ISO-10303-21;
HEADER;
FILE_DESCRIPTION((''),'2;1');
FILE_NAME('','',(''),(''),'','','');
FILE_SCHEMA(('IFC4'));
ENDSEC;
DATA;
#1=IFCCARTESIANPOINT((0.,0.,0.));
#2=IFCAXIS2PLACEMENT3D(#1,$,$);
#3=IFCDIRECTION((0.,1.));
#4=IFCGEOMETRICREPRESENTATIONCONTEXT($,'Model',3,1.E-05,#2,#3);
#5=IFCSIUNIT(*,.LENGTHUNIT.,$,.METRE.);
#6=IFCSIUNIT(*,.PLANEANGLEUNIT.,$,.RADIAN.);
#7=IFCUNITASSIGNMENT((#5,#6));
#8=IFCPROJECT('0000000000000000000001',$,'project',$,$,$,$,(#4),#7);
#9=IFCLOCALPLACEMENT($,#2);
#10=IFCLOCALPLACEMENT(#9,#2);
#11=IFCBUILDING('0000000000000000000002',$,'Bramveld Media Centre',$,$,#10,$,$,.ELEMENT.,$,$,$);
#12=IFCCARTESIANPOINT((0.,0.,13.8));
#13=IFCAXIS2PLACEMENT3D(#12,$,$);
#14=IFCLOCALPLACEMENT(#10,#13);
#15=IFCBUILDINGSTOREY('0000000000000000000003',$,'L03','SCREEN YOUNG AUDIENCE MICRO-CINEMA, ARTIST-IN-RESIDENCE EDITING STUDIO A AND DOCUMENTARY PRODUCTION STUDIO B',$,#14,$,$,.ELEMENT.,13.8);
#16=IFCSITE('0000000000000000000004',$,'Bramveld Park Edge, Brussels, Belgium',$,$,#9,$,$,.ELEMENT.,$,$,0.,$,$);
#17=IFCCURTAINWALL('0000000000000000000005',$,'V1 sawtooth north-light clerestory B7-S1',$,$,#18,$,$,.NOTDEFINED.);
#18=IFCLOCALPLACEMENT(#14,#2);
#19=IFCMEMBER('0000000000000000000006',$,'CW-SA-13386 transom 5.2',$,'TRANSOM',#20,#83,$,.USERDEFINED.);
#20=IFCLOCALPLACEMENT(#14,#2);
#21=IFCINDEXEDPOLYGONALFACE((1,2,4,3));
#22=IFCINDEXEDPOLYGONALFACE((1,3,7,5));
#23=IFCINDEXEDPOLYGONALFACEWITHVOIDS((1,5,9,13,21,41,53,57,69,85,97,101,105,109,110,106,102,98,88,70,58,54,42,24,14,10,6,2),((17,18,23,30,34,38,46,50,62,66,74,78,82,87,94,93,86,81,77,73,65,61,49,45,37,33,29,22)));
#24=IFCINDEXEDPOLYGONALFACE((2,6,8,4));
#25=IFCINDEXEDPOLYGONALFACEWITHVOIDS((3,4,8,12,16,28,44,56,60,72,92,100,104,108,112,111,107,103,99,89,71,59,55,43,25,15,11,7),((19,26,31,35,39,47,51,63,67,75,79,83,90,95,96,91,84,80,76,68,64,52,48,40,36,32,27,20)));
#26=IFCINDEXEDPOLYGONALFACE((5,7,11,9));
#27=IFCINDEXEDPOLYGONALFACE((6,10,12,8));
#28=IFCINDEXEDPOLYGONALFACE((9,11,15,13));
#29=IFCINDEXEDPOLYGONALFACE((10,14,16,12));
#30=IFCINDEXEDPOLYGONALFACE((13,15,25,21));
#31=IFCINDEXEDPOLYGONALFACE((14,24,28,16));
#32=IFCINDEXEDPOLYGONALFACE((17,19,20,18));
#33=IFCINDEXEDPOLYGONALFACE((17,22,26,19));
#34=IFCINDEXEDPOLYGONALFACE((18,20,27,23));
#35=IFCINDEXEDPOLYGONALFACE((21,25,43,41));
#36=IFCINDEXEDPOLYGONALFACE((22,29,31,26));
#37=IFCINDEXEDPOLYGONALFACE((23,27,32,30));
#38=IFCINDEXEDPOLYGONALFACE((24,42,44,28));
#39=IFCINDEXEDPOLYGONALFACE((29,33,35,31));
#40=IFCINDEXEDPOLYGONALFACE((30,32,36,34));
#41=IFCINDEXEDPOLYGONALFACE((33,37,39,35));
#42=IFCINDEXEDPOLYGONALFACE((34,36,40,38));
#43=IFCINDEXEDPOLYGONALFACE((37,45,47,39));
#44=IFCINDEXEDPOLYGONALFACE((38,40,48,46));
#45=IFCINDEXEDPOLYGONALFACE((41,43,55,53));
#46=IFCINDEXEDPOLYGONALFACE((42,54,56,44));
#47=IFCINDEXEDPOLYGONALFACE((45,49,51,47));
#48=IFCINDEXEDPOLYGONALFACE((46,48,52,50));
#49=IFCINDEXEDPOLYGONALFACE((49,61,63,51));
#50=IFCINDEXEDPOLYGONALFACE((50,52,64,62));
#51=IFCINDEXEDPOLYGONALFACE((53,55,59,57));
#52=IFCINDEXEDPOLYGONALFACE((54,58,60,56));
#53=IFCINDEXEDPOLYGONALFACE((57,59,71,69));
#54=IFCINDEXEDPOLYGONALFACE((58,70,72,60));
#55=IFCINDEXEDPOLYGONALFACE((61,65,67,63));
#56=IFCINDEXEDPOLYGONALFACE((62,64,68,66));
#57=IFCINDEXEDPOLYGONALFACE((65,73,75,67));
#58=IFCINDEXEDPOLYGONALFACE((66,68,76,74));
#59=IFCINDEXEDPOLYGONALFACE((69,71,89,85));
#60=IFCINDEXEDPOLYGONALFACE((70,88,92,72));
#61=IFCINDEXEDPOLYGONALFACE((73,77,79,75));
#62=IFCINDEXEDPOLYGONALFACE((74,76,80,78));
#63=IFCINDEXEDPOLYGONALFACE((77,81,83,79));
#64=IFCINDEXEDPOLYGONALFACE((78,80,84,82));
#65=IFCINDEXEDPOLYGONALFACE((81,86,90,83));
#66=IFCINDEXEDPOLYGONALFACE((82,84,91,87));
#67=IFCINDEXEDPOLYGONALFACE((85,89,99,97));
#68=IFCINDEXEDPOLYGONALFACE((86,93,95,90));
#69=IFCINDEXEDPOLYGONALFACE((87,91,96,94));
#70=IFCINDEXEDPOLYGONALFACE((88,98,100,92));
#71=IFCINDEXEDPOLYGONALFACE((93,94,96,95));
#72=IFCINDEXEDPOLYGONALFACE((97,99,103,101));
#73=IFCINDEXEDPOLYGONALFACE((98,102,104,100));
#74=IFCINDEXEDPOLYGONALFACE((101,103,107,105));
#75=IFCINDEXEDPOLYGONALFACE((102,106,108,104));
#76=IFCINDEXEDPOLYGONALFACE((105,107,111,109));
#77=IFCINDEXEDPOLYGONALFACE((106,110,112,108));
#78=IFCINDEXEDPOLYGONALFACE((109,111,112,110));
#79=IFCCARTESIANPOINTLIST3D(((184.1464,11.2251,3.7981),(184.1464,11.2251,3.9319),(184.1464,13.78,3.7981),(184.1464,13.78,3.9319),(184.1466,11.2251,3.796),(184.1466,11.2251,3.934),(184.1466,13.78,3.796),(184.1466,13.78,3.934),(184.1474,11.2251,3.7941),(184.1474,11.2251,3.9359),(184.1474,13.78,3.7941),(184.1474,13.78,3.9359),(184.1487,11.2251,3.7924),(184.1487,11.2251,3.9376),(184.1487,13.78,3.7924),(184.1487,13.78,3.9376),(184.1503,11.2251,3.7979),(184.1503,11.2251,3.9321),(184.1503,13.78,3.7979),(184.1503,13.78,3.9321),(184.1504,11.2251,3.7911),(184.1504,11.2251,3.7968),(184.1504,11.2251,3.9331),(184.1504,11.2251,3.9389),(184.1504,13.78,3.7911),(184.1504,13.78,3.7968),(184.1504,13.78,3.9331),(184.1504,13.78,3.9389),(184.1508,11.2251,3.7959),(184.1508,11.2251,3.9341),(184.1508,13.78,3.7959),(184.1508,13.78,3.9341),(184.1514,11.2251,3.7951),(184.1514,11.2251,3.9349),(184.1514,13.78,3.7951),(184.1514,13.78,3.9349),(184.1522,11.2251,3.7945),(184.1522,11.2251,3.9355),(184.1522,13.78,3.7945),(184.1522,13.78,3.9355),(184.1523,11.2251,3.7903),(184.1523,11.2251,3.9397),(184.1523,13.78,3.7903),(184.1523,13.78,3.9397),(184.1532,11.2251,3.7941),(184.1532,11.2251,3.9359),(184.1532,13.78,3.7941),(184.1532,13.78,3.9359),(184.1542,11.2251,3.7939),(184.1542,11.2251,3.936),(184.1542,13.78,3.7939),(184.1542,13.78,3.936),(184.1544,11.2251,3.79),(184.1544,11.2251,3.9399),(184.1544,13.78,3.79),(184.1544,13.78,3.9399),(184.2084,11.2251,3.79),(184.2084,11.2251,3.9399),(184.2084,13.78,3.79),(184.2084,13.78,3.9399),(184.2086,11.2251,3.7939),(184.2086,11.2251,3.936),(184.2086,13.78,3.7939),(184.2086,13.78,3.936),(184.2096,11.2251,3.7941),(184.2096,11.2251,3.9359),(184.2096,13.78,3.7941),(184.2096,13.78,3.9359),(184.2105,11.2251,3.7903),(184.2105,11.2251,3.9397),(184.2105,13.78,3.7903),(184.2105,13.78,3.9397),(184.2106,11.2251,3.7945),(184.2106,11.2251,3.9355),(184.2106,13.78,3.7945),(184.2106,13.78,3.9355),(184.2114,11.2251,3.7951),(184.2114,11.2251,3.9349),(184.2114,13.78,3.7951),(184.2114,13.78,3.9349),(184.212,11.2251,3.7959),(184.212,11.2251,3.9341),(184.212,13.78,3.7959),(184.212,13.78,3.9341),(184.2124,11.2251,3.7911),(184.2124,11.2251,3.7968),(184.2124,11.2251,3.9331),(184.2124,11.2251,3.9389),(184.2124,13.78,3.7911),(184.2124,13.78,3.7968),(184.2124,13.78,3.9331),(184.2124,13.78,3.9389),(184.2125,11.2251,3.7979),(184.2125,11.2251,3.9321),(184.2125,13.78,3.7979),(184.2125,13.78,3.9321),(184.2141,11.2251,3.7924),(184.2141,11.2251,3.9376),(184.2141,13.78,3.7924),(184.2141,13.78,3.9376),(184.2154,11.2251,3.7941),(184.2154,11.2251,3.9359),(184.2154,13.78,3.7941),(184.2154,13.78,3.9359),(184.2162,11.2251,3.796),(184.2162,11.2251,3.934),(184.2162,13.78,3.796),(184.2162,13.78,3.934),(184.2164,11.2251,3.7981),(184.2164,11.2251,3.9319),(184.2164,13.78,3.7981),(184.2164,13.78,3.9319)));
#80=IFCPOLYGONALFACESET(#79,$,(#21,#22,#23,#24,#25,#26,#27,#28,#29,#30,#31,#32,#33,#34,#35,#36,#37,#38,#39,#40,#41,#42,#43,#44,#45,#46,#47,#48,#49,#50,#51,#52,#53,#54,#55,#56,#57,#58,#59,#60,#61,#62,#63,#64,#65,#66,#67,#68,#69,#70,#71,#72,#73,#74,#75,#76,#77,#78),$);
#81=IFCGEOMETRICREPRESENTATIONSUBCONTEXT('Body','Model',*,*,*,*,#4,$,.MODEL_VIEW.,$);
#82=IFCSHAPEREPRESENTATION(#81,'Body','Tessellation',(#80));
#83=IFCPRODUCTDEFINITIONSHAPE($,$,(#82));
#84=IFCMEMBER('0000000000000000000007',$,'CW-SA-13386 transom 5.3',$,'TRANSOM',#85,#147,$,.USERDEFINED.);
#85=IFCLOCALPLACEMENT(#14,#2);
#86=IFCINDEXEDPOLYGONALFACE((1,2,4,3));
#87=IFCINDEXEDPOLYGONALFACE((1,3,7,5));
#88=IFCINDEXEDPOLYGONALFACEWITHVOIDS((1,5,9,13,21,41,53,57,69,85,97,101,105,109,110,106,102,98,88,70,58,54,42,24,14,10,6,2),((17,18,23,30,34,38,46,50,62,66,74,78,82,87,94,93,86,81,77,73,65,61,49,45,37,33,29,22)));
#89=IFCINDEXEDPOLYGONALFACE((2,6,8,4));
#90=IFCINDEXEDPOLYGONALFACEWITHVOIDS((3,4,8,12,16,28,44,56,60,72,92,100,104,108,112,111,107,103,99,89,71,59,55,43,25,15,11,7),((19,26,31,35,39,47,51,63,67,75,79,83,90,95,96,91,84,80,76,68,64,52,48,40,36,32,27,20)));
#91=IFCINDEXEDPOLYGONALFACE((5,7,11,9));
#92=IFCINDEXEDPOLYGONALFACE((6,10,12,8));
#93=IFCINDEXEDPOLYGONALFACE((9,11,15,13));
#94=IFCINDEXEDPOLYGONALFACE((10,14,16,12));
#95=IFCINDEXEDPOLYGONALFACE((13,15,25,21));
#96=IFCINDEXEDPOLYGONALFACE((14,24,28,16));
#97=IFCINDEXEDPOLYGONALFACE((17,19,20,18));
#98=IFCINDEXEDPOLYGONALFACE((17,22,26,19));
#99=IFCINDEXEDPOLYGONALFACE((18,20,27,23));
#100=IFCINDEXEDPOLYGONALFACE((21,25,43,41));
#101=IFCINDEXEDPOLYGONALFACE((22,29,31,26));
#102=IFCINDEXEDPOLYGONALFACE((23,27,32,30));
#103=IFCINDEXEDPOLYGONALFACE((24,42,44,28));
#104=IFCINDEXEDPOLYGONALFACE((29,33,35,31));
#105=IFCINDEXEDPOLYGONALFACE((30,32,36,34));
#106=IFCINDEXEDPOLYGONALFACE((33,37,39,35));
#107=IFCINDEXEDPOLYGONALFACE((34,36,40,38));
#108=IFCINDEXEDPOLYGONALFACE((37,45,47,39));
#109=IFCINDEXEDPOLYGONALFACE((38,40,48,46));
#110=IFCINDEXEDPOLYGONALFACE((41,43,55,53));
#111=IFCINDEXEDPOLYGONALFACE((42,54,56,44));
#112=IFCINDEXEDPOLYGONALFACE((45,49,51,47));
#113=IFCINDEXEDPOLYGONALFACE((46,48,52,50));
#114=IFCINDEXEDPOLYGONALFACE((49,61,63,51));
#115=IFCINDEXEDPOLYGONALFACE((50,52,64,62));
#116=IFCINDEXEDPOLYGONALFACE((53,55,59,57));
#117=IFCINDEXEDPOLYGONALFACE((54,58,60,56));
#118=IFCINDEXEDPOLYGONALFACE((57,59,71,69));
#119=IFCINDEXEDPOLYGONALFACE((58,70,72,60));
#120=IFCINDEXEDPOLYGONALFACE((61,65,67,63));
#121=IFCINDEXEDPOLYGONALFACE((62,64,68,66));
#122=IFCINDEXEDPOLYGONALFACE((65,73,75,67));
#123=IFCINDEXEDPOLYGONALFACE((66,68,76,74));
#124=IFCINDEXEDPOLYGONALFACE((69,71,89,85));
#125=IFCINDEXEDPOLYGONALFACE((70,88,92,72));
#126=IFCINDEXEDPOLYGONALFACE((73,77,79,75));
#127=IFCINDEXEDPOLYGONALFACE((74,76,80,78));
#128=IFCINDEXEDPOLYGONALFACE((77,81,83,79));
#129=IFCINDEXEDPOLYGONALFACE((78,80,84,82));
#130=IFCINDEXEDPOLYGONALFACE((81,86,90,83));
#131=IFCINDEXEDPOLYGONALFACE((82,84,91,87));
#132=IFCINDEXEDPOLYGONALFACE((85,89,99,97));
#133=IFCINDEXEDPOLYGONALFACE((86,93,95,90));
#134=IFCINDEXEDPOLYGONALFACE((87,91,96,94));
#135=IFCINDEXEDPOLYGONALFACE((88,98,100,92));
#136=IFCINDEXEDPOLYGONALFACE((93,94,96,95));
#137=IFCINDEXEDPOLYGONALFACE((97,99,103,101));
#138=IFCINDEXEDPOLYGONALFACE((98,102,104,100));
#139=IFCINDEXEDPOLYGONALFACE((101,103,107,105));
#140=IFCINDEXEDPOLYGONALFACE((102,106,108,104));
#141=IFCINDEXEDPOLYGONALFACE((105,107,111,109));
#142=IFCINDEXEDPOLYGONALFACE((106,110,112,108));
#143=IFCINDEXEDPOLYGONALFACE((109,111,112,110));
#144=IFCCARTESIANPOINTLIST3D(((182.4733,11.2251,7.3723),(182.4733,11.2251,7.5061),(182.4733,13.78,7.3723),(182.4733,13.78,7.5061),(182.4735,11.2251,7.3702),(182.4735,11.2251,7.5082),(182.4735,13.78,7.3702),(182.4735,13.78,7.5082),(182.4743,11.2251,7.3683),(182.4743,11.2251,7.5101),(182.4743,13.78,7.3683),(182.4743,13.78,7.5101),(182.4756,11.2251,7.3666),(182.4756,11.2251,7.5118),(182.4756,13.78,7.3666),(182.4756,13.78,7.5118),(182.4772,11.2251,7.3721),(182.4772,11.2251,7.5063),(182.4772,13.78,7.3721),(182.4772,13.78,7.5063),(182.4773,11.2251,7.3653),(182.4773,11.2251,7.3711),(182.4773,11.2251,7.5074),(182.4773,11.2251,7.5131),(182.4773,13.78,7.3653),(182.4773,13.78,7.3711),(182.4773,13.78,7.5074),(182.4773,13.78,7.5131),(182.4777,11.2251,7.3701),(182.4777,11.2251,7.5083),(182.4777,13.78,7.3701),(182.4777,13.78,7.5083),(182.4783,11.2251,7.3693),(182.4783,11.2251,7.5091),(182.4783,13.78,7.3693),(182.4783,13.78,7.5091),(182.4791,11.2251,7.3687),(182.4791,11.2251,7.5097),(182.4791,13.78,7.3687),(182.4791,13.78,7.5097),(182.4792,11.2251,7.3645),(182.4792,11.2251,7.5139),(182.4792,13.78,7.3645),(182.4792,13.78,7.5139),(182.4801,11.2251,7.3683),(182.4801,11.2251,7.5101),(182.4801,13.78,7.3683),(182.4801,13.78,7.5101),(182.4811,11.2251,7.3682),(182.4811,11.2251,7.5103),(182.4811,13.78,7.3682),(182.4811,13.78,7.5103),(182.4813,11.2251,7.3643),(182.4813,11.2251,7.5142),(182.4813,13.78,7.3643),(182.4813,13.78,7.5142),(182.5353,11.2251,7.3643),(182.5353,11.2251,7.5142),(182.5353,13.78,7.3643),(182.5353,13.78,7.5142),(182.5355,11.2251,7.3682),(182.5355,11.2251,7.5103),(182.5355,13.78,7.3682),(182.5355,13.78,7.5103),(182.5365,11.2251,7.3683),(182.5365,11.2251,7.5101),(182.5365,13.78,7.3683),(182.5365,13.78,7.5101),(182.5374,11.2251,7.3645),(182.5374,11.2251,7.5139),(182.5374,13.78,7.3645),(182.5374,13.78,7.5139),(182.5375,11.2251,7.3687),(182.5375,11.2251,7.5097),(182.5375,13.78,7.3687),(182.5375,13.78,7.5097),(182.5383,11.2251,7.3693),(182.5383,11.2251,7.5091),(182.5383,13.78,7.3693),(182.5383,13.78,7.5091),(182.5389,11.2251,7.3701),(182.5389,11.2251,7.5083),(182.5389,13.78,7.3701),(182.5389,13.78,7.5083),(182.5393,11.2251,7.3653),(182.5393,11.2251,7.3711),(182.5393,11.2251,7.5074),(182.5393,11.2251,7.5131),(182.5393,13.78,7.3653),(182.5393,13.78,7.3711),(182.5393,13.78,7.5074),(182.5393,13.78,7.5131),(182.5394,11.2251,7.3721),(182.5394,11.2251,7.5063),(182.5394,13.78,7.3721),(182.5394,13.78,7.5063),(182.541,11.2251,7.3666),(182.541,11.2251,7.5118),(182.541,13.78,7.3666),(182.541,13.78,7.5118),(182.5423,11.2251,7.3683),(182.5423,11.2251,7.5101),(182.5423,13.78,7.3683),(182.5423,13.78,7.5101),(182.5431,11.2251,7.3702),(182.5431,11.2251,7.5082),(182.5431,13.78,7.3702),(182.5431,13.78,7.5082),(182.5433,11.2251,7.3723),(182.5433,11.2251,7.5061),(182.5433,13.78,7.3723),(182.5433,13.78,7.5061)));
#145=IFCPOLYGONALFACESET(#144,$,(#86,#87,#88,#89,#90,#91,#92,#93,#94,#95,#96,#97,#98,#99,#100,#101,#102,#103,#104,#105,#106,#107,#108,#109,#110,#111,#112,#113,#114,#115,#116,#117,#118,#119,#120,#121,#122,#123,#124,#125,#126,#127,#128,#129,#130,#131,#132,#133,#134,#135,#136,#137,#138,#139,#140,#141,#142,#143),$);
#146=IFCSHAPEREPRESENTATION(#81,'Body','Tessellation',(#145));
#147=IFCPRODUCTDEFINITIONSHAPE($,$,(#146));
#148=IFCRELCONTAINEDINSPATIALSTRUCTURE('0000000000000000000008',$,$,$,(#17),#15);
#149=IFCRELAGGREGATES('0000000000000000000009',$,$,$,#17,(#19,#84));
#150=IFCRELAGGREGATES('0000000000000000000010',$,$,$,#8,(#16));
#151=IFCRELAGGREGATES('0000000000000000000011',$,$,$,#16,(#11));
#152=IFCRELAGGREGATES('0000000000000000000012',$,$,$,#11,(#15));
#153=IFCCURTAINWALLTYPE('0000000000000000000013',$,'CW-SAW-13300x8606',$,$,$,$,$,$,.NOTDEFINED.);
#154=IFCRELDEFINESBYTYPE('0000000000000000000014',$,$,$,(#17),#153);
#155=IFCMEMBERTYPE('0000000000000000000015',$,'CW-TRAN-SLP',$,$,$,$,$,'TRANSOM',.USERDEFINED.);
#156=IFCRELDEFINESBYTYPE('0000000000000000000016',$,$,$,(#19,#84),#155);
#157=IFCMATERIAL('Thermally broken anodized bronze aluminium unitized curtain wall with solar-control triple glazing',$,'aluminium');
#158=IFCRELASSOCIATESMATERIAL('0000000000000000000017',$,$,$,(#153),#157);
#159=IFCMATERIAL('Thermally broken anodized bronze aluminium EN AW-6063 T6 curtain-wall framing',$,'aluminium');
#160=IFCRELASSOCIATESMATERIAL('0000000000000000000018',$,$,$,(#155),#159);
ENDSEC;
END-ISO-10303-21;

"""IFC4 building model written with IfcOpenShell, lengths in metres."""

from ifc_helpers import new_model, si_unit, direction, frame, origin, origin_2d, place, context, subcontext, project, spatial, hollow_rectangle, extrude, material, material_profile, profile_set, type_object, element, aggregate, save


model = new_model("IFC4")

# Units and contexts
model_context = context("Model", 3, precision=1e-05, world=origin(), true_north=direction((0.0, 1.0)))
body_context = subcontext(model_context, "Body", "Model", "MODEL_VIEW")
ifc_project = project(units=[si_unit("LENGTHUNIT", "METRE"), si_unit("PLANEANGLEUNIT", "RADIAN")], contexts=[model_context])

# Site, building, storey
site_placement = place(None, origin())
site = spatial("IfcSite", under=ifc_project, at=site_placement, Name="Bramveld Park Edge, Brussels, Belgium", CompositionType="ELEMENT", RefElevation=0.0)
building_placement = place(site_placement, origin())
building = spatial("IfcBuilding", under=site, at=building_placement, Name="Bramveld Media Centre", CompositionType="ELEMENT")
storey_placement = place(building_placement, frame((0.0, 0.0, 13.8)))
storey = spatial("IfcBuildingStorey", under=building, at=storey_placement, Name="L03", Description="SCREEN YOUNG AUDIENCE MICRO-CINEMA, ARTIST-IN-RESIDENCE EDITING STUDIO A AND DOCUMENTARY PRODUCTION STUDIO B", CompositionType="ELEMENT", Elevation=13.8)

# Curtain wall
ifc_material_1 = material(Name="Thermally broken anodized bronze aluminium unitized curtain wall with solar-control triple glazing", Category="aluminium")
curtain_wall_type = type_object("IfcCurtainWallType", Name="CW-SAW-13300x8606", PredefinedType="NOTDEFINED", material=ifc_material_1)
curtain_wall_1_placement = place(storey_placement, origin())
curtain_wall_1 = element("IfcCurtainWall", 1, at=curtain_wall_1_placement, inside=storey, type_object=curtain_wall_type, Name="V1 sawtooth north-light clerestory B7-S1", PredefinedType="NOTDEFINED")

# Members
ifc_material_2 = material(Name="Thermally broken anodized bronze aluminium EN AW-6063 T6 curtain-wall framing", Category="aluminium")
ifc_material_profile_1 = material_profile(ifc_material_2, hollow_rectangle(XDim=0.0701, YDim=0.1499, WallThickness=0.0039, InnerFilletRadius=0.0039, OuterFilletRadius=0.0081, at=origin_2d()), Name="AL-TRAN 70x150")
ifc_profile_set_1 = profile_set([ifc_material_profile_1], Name="Thermally broken anodized bronze aluminium EN AW-6063 T6 curtain-wall framing")
member_type_1 = type_object("IfcMemberType", Name="CW-TRAN-SLP", ElementType="TRANSOM", PredefinedType="USERDEFINED", material=ifc_profile_set_1)
member_1_placement = place(storey_placement, frame((184.1814, 11.2251, 3.865), z_axis=(0.0, 1.0, 0.0), x_axis=(-1.0, 0.0, 0.0)))
member_1 = element("IfcMember", 2, at=member_1_placement, type_object=member_type_1, Name="CW-SA-13386 transom 5.2", ObjectType="TRANSOM", PredefinedType="USERDEFINED", context=body_context, shape_type="SweptSolid", body=[
    extrude(hollow_rectangle(XDim=0.0701, YDim=0.1499, WallThickness=0.0039, InnerFilletRadius=0.0039, OuterFilletRadius=0.0081, at=origin_2d()), origin(), (0.0, 0.0, 1.0), 2.5549),
])
member_2_placement = place(storey_placement, frame((182.5083, 11.2251, 7.4392), z_axis=(0.0, 1.0, 0.0), x_axis=(-1.0, 0.0, 0.0)))
member_2 = element("IfcMember", 3, at=member_2_placement, type_object=member_type_1, Name="CW-SA-13386 transom 5.3", ObjectType="TRANSOM", PredefinedType="USERDEFINED", context=body_context, shape_type="SweptSolid", body=[
    extrude(hollow_rectangle(XDim=0.0701, YDim=0.1499, WallThickness=0.0039, InnerFilletRadius=0.0039, OuterFilletRadius=0.0081, at=origin_2d()), origin(), (0.0, 0.0, 1.0), 2.5549),
])

aggregate(curtain_wall_1, [member_1, member_2])

save(model, "model.ifc")
